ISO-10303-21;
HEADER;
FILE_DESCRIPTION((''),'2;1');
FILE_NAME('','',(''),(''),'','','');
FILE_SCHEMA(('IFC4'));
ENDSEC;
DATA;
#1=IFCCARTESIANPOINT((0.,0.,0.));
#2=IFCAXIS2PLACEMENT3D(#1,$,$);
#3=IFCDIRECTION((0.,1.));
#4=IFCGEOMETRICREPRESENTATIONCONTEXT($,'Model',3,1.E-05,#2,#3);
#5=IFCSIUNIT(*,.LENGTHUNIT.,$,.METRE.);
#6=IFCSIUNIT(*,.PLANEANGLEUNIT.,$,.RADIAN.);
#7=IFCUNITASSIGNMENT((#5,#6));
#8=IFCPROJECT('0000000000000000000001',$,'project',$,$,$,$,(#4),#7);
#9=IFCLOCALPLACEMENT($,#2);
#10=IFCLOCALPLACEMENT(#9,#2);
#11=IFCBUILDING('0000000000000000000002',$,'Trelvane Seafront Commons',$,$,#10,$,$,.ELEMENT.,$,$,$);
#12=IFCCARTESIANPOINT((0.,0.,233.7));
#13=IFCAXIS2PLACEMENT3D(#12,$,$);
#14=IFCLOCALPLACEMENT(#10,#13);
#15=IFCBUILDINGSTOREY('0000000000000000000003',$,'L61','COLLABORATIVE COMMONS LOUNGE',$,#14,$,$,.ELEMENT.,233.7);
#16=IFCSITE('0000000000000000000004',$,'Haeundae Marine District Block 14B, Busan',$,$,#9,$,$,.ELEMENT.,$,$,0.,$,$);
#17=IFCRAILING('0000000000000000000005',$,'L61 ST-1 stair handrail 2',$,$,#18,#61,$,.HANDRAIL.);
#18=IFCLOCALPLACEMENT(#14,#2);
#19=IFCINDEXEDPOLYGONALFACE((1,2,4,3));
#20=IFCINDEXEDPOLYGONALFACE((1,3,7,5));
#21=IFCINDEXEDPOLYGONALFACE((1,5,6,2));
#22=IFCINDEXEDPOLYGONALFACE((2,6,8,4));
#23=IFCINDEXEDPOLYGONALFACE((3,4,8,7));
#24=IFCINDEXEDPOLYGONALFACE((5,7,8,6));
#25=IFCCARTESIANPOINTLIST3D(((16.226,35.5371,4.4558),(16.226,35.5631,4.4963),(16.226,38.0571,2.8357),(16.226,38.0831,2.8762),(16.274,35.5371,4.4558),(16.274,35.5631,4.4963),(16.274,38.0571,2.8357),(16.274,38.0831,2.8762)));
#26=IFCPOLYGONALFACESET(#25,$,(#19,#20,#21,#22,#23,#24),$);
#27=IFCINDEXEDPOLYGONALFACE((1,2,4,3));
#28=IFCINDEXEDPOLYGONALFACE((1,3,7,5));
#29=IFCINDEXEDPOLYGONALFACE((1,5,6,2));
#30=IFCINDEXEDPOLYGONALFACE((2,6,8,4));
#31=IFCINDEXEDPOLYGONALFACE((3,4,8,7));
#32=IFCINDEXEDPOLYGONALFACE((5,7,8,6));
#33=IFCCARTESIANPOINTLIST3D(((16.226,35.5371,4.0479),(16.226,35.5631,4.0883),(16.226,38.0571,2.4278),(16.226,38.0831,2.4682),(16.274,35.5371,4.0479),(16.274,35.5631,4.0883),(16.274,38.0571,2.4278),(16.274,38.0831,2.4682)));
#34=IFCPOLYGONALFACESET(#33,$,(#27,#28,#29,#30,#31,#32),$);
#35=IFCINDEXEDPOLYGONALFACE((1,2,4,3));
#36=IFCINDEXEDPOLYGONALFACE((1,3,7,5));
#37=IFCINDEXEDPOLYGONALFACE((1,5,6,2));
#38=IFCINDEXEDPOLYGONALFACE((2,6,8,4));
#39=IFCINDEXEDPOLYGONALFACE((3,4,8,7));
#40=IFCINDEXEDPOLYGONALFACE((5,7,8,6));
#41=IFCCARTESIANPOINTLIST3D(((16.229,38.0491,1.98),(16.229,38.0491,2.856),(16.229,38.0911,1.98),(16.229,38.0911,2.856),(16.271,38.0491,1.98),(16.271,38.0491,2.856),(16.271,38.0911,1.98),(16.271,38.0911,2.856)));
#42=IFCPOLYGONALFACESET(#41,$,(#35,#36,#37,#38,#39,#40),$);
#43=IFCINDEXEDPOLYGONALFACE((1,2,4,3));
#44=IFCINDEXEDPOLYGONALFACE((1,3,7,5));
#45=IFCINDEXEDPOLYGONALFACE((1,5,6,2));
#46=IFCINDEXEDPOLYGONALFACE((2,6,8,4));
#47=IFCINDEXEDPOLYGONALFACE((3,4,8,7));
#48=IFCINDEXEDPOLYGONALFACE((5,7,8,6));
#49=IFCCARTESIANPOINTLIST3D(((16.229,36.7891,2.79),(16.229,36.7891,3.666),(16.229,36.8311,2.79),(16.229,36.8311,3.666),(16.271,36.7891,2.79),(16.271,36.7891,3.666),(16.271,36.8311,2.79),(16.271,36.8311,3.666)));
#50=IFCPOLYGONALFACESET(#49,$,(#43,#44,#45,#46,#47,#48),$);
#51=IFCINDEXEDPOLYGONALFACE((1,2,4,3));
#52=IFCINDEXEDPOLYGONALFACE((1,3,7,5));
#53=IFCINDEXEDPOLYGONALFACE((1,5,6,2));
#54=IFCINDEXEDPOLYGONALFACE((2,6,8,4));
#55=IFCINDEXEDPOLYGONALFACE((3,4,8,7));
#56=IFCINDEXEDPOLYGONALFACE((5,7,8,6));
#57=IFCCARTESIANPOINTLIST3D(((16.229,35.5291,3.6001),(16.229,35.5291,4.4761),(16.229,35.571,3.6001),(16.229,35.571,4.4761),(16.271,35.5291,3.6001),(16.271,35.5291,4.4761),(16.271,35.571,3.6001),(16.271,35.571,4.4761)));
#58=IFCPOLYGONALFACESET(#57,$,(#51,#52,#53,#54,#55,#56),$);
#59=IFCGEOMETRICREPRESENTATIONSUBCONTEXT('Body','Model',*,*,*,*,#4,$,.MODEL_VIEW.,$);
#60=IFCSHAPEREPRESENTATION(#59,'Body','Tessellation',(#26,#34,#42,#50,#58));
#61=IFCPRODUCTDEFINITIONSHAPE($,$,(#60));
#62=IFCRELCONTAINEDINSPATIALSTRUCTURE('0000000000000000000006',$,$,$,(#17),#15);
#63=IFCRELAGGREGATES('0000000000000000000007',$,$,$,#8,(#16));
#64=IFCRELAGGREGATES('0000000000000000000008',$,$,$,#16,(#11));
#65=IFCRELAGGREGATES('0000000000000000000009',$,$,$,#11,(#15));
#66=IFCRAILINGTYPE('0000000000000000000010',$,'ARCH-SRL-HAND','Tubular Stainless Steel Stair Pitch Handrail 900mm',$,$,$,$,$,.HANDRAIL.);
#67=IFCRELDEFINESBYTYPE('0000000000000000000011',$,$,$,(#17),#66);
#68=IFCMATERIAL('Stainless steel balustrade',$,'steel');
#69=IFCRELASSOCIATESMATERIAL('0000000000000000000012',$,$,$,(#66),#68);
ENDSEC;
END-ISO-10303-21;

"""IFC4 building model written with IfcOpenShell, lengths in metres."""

from ifc_helpers import new_model, si_unit, direction, frame, origin, origin_2d, place, context, subcontext, project, spatial, rectangle, extrude, material, type_object, element, save


model = new_model("IFC4")

# Units and contexts
model_context = context("Model", 3, precision=1e-05, world=origin(), true_north=direction((0.0, 1.0)))
body_context = subcontext(model_context, "Body", "Model", "MODEL_VIEW")
ifc_project = project(units=[si_unit("LENGTHUNIT", "METRE"), si_unit("PLANEANGLEUNIT", "RADIAN")], contexts=[model_context])

# Site, building, storey
site_placement = place(None, origin())
site = spatial("IfcSite", under=ifc_project, at=site_placement, Name="Haeundae Marine District Block 14B, Busan", CompositionType="ELEMENT", RefElevation=0.0)
building_placement = place(site_placement, origin())
building = spatial("IfcBuilding", under=site, at=building_placement, Name="Trelvane Seafront Commons", CompositionType="ELEMENT")
storey_placement = place(building_placement, frame((0.0, 0.0, 233.7)))
storey = spatial("IfcBuildingStorey", under=building, at=storey_placement, Name="L61", Description="COLLABORATIVE COMMONS LOUNGE", CompositionType="ELEMENT", Elevation=233.7)

# Shared definitions
ifc_material_1 = material(Name="Stainless steel balustrade", Category="steel")

# Railing
railing_type_1 = type_object("IfcRailingType", Name="ARCH-SRL-HAND", Description="Tubular Stainless Steel Stair Pitch Handrail 900mm", PredefinedType="HANDRAIL", material=ifc_material_1)
railing_1_placement = place(storey_placement, frame((16.25, 38.0701, 1.98)))
element("IfcRailing", 1, at=railing_1_placement, inside=storey, type_object=railing_type_1, Name="L61 ST-1 stair handrail 2", PredefinedType="HANDRAIL", context=body_context, shape_type="SweptSolid", body=[
    extrude(rectangle(XDim=0.0481, YDim=0.0481, at=origin_2d()), frame((0.0, 0.0, 0.876), z_axis=(0.0, -0.841163, 0.540782), x_axis=(1.0, 0.0, 0.0)), (0.0, 0.0, 1.0), 2.9958),
    extrude(rectangle(XDim=0.0481, YDim=0.0481, at=origin_2d()), frame((0.0, 0.0, 0.468), z_axis=(0.0, -0.841163, 0.540782), x_axis=(1.0, 0.0, 0.0)), (0.0, 0.0, 1.0), 2.9958),
    extrude(rectangle(XDim=0.042, YDim=0.042, at=origin_2d()), origin(), (0.0, 0.0, 1.0), 0.876),
    extrude(rectangle(XDim=0.042, YDim=0.042, at=origin_2d()), frame((0.0, -1.26, 0.8101)), (0.0, 0.0, 1.0), 0.876),
    extrude(rectangle(XDim=0.042, YDim=0.042, at=origin_2d()), frame((0.0, -2.52, 1.6201)), (0.0, 0.0, 1.0), 0.876),
])

save(model, "model.ifc")
